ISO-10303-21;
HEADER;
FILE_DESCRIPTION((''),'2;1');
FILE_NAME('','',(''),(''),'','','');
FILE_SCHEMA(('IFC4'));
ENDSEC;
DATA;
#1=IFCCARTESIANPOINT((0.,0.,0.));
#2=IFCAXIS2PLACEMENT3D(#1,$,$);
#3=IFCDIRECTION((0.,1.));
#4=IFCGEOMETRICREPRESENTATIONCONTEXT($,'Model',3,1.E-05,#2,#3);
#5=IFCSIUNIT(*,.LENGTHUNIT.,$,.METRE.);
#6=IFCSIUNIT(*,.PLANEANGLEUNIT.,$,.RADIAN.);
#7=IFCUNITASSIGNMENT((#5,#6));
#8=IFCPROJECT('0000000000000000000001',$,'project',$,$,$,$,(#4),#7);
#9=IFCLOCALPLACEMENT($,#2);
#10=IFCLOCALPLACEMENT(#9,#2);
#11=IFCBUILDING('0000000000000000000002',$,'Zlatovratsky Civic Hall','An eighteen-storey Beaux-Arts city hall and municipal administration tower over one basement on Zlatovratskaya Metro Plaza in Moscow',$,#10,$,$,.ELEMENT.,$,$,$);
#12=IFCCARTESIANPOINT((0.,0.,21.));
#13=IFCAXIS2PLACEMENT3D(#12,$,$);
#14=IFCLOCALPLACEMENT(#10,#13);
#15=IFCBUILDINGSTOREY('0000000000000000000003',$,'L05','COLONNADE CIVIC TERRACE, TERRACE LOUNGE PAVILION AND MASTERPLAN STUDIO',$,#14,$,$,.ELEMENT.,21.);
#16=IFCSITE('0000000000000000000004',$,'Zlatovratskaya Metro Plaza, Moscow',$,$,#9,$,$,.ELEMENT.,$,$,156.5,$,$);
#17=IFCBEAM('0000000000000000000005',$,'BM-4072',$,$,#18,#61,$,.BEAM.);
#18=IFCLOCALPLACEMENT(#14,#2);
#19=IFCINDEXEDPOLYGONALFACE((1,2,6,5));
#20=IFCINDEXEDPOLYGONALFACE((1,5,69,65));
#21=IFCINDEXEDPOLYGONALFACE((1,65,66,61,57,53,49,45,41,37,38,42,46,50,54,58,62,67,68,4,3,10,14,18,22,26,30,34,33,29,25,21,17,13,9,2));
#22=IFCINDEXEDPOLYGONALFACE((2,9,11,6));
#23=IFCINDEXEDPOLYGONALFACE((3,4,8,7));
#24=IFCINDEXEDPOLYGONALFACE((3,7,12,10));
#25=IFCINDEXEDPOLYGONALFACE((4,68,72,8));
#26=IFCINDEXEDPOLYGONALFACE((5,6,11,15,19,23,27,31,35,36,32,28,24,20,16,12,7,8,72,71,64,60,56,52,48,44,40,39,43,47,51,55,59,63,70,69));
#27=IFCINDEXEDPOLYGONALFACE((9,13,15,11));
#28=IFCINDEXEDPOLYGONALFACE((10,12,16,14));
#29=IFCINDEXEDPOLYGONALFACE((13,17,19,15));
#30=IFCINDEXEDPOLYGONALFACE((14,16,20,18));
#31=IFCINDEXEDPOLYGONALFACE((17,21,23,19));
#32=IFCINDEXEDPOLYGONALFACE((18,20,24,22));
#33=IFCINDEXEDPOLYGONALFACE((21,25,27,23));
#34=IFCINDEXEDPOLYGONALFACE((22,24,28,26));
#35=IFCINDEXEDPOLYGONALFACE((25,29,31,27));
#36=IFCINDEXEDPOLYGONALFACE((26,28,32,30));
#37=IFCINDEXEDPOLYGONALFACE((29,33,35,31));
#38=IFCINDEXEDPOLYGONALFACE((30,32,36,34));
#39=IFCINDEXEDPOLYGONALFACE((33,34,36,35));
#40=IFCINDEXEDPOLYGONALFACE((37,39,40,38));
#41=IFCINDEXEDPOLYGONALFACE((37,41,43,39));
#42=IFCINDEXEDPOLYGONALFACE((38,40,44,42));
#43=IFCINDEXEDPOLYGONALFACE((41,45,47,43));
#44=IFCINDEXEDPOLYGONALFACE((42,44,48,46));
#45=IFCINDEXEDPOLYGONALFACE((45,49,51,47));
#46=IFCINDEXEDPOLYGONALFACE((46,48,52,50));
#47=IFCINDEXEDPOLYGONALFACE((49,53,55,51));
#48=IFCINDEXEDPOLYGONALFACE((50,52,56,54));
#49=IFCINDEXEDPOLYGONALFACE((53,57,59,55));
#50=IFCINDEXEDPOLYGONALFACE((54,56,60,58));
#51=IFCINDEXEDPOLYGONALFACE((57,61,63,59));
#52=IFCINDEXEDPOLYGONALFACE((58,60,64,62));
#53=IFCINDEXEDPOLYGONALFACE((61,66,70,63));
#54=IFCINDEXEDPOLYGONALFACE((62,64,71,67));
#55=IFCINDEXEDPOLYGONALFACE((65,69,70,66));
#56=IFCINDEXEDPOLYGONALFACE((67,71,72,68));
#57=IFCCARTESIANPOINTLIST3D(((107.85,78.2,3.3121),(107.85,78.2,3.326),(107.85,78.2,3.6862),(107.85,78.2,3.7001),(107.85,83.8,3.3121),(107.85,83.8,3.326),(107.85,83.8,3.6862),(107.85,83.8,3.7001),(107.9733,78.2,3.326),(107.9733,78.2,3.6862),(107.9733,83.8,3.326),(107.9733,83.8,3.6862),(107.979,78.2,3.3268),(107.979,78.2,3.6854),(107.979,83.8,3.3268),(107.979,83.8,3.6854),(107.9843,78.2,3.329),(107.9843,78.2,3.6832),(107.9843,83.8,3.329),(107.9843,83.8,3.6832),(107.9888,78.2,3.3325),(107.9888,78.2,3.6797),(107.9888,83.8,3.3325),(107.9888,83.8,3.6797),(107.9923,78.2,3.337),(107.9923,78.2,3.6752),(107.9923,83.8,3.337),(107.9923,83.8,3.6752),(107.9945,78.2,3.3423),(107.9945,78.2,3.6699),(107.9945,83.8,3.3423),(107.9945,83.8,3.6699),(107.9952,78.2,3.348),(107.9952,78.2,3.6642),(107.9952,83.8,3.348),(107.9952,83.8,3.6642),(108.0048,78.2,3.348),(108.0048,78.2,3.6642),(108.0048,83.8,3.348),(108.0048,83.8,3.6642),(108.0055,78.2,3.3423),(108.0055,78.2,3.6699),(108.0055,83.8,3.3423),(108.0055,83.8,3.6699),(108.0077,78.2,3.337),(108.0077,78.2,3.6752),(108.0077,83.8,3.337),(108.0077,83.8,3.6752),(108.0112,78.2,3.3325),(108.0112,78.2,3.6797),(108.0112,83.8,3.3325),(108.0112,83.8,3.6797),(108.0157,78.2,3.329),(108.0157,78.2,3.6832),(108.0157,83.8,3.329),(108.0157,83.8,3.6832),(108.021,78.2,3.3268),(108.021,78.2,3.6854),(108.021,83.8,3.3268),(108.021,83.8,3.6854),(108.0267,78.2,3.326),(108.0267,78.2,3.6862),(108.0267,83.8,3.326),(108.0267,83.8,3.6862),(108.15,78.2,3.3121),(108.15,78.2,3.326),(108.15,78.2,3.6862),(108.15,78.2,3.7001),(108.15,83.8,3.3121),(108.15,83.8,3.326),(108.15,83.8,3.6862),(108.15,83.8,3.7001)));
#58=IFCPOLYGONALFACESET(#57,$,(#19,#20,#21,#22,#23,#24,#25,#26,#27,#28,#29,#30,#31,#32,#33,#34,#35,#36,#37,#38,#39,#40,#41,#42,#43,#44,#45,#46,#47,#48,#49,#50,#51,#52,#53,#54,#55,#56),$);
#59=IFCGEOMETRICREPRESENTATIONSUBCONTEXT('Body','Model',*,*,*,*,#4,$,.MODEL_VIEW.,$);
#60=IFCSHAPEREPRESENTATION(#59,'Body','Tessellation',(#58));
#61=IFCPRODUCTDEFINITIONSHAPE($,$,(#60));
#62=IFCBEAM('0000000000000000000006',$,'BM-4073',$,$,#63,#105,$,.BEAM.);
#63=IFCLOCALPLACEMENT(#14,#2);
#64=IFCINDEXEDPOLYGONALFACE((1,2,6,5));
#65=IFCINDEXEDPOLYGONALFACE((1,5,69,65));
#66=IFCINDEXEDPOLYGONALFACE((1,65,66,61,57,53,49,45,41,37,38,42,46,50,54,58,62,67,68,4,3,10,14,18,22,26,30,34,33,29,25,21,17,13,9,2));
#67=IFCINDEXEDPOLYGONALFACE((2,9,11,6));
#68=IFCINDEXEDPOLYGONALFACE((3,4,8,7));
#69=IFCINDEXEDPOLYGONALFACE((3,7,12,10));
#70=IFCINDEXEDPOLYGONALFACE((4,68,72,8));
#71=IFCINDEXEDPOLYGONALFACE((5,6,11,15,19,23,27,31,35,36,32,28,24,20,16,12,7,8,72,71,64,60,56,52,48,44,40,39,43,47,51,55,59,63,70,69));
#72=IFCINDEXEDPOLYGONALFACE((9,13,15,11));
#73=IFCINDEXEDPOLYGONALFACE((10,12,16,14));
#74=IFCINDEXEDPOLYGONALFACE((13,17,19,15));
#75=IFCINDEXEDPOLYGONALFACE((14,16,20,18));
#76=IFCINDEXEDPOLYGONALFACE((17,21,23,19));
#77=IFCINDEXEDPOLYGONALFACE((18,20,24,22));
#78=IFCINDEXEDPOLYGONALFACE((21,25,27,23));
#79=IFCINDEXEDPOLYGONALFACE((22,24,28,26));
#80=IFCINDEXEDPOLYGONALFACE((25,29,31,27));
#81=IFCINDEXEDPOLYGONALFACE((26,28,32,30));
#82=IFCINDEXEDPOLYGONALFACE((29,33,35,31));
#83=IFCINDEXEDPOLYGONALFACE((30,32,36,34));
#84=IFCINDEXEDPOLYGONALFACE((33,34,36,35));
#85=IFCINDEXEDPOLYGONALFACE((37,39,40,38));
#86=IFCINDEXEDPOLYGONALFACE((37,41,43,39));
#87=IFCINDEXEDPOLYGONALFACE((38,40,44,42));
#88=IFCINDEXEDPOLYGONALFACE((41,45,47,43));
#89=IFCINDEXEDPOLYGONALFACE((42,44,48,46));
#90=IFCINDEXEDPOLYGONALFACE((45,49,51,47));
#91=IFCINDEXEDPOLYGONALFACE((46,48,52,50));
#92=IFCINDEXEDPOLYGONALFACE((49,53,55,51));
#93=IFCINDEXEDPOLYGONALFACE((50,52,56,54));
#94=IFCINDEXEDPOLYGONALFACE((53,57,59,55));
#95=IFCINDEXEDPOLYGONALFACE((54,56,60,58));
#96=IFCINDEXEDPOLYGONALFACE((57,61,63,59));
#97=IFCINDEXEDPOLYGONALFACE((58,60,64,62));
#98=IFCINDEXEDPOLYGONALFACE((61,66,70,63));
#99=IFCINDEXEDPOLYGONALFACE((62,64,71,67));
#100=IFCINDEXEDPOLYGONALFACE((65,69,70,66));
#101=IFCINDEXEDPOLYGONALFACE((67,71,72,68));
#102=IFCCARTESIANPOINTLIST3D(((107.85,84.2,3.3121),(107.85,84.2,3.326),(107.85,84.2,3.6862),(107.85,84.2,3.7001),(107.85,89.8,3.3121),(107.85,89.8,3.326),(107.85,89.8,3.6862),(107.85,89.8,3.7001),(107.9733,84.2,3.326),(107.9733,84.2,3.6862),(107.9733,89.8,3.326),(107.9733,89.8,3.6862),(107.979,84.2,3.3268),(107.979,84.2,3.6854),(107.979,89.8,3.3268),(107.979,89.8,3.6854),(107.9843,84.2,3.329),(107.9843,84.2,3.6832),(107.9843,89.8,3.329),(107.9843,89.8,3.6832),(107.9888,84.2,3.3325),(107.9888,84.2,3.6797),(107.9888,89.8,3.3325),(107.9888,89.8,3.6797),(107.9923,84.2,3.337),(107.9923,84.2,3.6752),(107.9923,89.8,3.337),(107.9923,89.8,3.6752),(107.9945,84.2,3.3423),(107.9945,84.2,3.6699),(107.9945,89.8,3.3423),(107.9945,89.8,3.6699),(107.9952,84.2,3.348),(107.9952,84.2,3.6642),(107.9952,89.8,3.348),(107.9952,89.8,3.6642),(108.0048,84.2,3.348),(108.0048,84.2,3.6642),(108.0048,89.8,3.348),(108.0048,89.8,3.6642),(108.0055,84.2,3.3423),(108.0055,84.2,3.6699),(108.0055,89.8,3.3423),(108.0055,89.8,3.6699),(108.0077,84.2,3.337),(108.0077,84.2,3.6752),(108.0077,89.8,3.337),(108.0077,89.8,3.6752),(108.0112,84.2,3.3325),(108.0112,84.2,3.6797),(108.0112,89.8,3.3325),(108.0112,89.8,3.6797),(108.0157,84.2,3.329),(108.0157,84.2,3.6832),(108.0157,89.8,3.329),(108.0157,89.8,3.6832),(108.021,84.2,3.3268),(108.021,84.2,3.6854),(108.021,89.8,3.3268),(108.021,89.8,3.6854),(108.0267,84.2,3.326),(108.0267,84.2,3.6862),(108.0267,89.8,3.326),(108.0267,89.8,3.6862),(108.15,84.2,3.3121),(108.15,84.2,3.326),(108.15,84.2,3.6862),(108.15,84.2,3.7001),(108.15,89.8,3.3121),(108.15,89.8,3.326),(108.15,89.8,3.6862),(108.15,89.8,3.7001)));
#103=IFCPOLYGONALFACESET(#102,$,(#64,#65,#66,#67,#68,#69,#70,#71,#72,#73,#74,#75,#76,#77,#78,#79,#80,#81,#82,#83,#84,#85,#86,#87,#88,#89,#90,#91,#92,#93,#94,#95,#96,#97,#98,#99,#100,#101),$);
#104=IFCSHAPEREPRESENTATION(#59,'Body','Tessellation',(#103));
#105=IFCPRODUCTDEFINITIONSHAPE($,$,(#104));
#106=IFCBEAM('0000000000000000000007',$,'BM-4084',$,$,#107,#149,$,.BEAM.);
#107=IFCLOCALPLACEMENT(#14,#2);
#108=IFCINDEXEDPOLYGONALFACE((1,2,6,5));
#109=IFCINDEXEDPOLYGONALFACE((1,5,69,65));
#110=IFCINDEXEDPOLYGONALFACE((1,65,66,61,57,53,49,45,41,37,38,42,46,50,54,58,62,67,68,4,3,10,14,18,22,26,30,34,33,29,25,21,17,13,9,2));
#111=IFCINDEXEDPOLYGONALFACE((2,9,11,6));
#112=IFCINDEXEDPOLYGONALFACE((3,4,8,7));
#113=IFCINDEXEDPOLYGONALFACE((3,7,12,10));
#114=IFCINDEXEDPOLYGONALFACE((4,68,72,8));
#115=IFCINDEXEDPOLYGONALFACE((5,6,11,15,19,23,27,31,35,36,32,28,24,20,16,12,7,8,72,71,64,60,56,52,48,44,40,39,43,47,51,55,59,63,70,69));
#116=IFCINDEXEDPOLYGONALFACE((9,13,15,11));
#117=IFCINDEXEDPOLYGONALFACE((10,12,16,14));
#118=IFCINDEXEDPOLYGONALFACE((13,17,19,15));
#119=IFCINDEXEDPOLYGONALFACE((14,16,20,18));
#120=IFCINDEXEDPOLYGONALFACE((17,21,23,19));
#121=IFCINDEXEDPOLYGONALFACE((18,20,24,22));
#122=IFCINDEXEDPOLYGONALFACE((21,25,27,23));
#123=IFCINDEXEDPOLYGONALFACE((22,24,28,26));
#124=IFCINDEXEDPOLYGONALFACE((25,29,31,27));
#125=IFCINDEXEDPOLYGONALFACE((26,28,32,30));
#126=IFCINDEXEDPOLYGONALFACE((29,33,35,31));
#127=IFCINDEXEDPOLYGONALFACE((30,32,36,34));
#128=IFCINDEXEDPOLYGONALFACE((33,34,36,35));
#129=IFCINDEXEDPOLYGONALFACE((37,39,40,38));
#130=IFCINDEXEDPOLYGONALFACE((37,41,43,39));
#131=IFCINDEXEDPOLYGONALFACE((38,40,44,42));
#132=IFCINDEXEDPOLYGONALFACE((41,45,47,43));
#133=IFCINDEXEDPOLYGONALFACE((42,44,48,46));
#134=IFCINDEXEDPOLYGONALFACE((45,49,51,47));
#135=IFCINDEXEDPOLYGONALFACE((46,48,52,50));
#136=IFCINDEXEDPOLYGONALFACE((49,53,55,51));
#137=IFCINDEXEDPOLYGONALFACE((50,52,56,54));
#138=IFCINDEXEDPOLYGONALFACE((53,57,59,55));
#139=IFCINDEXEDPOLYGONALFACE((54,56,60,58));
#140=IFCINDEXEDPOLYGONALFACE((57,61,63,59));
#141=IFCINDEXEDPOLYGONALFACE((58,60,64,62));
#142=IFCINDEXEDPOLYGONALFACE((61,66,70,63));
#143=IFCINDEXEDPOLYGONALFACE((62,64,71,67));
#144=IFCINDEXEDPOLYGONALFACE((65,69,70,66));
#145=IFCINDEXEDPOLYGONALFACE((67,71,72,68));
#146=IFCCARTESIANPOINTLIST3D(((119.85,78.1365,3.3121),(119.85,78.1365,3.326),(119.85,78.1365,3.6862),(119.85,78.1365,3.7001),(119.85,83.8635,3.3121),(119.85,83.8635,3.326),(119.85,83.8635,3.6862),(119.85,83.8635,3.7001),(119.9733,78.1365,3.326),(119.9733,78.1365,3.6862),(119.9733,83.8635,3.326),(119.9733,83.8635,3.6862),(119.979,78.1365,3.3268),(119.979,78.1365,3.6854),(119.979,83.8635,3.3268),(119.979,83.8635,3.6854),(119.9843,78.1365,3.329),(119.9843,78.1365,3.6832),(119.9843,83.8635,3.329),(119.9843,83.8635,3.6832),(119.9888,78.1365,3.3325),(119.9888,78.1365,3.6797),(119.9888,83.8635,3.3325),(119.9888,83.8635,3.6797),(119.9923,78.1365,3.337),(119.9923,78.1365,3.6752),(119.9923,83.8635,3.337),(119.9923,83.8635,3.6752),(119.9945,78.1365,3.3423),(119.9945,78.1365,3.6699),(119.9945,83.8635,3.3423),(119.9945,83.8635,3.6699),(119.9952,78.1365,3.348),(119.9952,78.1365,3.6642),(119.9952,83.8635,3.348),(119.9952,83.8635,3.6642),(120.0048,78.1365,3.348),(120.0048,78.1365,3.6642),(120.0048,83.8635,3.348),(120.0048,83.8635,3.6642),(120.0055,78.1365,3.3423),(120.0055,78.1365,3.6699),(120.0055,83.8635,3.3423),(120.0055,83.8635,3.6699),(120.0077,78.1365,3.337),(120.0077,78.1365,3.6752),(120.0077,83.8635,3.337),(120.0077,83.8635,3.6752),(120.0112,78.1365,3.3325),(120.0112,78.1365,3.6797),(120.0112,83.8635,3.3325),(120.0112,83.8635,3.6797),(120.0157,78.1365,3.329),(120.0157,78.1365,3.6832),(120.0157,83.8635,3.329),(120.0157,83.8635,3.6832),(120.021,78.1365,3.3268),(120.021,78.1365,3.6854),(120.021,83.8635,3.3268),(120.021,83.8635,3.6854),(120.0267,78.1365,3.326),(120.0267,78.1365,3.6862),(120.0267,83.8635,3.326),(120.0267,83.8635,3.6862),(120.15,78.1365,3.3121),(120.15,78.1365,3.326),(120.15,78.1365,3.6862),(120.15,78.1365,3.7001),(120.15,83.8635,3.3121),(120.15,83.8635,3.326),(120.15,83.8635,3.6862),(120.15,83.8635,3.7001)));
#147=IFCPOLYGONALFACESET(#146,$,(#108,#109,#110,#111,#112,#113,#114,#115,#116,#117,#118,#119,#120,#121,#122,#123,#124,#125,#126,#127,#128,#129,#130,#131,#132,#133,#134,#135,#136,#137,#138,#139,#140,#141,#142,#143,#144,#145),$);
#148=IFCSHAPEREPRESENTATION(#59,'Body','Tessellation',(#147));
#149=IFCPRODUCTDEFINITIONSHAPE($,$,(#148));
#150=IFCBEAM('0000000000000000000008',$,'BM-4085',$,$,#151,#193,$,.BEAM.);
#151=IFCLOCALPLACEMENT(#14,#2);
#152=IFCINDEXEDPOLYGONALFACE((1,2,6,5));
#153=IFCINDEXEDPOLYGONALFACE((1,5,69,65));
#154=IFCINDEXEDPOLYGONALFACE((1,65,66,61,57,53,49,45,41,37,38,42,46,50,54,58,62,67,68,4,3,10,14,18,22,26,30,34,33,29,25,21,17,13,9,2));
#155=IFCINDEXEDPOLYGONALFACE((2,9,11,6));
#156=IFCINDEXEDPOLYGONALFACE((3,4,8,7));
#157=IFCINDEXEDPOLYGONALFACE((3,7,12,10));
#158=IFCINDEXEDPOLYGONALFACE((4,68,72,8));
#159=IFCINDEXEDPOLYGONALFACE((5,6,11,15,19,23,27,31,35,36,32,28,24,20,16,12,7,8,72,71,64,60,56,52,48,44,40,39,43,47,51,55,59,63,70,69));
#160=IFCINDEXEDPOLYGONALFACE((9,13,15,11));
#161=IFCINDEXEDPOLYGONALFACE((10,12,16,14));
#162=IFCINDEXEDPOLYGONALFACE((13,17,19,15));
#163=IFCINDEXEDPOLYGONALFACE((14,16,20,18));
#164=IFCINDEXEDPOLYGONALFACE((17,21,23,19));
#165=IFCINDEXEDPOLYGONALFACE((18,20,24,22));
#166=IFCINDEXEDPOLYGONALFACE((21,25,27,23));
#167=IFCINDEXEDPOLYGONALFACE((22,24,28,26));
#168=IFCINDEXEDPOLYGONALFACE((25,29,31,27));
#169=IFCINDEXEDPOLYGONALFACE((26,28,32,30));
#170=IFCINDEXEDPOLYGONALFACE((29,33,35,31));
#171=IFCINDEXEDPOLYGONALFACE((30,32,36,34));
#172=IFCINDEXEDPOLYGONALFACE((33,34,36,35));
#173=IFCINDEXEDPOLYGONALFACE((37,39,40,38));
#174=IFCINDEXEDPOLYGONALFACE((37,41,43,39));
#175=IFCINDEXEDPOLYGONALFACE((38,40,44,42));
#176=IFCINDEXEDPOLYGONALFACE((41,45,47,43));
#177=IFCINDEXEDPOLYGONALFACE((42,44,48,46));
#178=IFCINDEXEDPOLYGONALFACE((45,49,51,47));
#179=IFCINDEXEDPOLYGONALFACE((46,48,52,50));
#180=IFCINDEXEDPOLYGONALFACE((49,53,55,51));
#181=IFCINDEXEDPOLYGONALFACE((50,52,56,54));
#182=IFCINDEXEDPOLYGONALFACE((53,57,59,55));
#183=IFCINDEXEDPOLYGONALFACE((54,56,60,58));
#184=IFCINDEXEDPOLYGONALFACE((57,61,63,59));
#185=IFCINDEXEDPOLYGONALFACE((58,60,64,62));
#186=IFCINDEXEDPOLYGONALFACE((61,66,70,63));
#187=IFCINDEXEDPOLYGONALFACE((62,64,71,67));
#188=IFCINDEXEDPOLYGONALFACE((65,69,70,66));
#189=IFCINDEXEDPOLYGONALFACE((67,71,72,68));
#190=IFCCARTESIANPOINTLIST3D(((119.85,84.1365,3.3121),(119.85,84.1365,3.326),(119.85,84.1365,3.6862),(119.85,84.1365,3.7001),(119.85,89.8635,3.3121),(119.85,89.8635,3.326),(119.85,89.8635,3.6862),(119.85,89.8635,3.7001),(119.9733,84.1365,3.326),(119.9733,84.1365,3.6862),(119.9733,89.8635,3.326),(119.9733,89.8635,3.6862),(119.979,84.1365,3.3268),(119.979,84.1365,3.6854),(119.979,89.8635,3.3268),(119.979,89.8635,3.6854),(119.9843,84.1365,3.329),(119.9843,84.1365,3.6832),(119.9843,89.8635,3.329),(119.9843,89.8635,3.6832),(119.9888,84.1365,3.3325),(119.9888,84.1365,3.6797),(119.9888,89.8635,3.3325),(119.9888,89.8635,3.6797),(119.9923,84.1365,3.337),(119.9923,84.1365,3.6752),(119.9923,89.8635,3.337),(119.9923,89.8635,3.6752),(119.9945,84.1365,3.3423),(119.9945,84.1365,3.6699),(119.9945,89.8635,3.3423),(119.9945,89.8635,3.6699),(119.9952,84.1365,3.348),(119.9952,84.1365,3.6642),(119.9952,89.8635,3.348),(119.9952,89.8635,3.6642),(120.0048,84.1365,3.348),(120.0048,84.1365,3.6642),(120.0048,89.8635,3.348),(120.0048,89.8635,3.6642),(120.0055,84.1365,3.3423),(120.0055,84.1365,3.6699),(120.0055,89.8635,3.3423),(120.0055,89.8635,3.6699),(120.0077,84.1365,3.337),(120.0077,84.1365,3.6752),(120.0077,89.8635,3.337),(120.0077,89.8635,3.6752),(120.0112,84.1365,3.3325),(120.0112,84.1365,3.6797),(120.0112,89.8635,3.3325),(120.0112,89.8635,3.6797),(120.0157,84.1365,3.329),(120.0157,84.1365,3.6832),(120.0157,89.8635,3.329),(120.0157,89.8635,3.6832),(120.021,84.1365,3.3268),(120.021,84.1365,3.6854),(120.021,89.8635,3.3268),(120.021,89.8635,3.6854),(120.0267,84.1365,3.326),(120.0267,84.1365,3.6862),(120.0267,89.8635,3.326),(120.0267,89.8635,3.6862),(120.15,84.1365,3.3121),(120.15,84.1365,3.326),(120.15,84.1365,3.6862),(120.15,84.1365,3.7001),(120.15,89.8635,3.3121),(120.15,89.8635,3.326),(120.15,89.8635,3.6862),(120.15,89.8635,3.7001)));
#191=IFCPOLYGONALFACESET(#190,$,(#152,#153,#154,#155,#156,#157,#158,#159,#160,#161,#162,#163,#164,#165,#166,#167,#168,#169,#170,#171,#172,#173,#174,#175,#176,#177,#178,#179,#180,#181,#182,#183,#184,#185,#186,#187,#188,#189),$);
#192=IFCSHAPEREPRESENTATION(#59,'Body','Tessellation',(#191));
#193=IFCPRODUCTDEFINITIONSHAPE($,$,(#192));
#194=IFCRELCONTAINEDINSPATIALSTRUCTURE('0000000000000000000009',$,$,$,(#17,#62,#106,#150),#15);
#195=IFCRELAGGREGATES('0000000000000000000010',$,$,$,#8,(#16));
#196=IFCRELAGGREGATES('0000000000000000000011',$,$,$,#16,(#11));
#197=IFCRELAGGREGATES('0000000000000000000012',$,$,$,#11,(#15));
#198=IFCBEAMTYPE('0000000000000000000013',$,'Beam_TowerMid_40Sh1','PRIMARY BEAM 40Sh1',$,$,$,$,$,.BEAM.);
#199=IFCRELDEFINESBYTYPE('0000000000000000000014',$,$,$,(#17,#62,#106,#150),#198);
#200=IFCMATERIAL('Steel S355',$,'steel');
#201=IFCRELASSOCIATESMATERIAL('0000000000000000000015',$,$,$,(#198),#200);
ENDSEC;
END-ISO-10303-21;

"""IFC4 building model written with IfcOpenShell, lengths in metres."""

from ifc_helpers import new_model, si_unit, direction, frame, origin, origin_2d, place, context, subcontext, project, spatial, i_section, extrude, material, material_profile, profile_set, type_object, element, save


model = new_model("IFC4")

# Units and contexts
model_context = context("Model", 3, precision=1e-05, world=origin(), true_north=direction((0.0, 1.0)))
body_context = subcontext(model_context, "Body", "Model", "MODEL_VIEW")
ifc_project = project(units=[si_unit("LENGTHUNIT", "METRE"), si_unit("PLANEANGLEUNIT", "RADIAN")], contexts=[model_context])

# Site, building, storey
site_placement = place(None, origin())
site = spatial("IfcSite", under=ifc_project, at=site_placement, Name="Zlatovratskaya Metro Plaza, Moscow", CompositionType="ELEMENT", RefElevation=156.5)
building_placement = place(site_placement, origin())
building = spatial("IfcBuilding", under=site, at=building_placement, Name="Zlatovratsky Civic Hall", Description="An eighteen-storey Beaux-Arts city hall and municipal administration tower over one basement on Zlatovratskaya Metro Plaza in Moscow", CompositionType="ELEMENT")
storey_placement = place(building_placement, frame((0.0, 0.0, 21.0)))
storey = spatial("IfcBuildingStorey", under=building, at=storey_placement, Name="L05", Description="COLONNADE CIVIC TERRACE, TERRACE LOUNGE PAVILION AND MASTERPLAN STUDIO", CompositionType="ELEMENT", Elevation=21.0)

# Shared definitions
ifc_material_1 = material(Name="Steel S355", Category="steel")

# Beams
ifc_material_profile_1 = material_profile(ifc_material_1, i_section(OverallWidth=0.3, OverallDepth=0.3879, WebThickness=0.0095, FlangeThickness=0.0139, FilletRadius=0.022, at=origin_2d()), Name="40Sh1")
ifc_profile_set_1 = profile_set([ifc_material_profile_1], Name="Steel S355")
beam_type_1 = type_object("IfcBeamType", Name="Beam_TowerMid_40Sh1", Description="PRIMARY BEAM 40Sh1", PredefinedType="BEAM", material=ifc_profile_set_1)
for number, where, z_axis, x_axis, name in (
    (1, (108.0, 78.2, 3.5061), (0.0, 1.0, 0.0), (-1.0, 0.0, 0.0), "BM-4072"),
    (2, (108.0, 84.2, 3.5061), (0.0, 1.0, 0.0), (-1.0, 0.0, 0.0), "BM-4073"),
):
    element("IfcBeam", number, at=place(storey_placement, frame(where, z_axis=z_axis, x_axis=x_axis)), inside=storey, type_object=beam_type_1, Name=name, PredefinedType="BEAM", context=body_context, shape_type="SweptSolid", body=[
        extrude(i_section(OverallWidth=0.3, OverallDepth=0.3879, WebThickness=0.0095, FlangeThickness=0.0139, FilletRadius=0.022, at=origin_2d()), origin(), (0.0, 0.0, 1.0), 5.6001),
    ])
for number, where, z_axis, x_axis, name in (
    (3, (120.0, 78.1365, 3.5061), (0.0, 1.0, 0.0), (-1.0, 0.0, 0.0), "BM-4084"),
    (4, (120.0, 84.1365, 3.5061), (0.0, 1.0, 0.0), (-1.0, 0.0, 0.0), "BM-4085"),
):
    element("IfcBeam", number, at=place(storey_placement, frame(where, z_axis=z_axis, x_axis=x_axis)), inside=storey, type_object=beam_type_1, Name=name, PredefinedType="BEAM", context=body_context, shape_type="SweptSolid", body=[
        extrude(i_section(OverallWidth=0.3, OverallDepth=0.3879, WebThickness=0.0095, FlangeThickness=0.0139, FilletRadius=0.022, at=origin_2d()), origin(), (0.0, 0.0, 1.0), 5.7271),
    ])

save(model, "model.ifc")
